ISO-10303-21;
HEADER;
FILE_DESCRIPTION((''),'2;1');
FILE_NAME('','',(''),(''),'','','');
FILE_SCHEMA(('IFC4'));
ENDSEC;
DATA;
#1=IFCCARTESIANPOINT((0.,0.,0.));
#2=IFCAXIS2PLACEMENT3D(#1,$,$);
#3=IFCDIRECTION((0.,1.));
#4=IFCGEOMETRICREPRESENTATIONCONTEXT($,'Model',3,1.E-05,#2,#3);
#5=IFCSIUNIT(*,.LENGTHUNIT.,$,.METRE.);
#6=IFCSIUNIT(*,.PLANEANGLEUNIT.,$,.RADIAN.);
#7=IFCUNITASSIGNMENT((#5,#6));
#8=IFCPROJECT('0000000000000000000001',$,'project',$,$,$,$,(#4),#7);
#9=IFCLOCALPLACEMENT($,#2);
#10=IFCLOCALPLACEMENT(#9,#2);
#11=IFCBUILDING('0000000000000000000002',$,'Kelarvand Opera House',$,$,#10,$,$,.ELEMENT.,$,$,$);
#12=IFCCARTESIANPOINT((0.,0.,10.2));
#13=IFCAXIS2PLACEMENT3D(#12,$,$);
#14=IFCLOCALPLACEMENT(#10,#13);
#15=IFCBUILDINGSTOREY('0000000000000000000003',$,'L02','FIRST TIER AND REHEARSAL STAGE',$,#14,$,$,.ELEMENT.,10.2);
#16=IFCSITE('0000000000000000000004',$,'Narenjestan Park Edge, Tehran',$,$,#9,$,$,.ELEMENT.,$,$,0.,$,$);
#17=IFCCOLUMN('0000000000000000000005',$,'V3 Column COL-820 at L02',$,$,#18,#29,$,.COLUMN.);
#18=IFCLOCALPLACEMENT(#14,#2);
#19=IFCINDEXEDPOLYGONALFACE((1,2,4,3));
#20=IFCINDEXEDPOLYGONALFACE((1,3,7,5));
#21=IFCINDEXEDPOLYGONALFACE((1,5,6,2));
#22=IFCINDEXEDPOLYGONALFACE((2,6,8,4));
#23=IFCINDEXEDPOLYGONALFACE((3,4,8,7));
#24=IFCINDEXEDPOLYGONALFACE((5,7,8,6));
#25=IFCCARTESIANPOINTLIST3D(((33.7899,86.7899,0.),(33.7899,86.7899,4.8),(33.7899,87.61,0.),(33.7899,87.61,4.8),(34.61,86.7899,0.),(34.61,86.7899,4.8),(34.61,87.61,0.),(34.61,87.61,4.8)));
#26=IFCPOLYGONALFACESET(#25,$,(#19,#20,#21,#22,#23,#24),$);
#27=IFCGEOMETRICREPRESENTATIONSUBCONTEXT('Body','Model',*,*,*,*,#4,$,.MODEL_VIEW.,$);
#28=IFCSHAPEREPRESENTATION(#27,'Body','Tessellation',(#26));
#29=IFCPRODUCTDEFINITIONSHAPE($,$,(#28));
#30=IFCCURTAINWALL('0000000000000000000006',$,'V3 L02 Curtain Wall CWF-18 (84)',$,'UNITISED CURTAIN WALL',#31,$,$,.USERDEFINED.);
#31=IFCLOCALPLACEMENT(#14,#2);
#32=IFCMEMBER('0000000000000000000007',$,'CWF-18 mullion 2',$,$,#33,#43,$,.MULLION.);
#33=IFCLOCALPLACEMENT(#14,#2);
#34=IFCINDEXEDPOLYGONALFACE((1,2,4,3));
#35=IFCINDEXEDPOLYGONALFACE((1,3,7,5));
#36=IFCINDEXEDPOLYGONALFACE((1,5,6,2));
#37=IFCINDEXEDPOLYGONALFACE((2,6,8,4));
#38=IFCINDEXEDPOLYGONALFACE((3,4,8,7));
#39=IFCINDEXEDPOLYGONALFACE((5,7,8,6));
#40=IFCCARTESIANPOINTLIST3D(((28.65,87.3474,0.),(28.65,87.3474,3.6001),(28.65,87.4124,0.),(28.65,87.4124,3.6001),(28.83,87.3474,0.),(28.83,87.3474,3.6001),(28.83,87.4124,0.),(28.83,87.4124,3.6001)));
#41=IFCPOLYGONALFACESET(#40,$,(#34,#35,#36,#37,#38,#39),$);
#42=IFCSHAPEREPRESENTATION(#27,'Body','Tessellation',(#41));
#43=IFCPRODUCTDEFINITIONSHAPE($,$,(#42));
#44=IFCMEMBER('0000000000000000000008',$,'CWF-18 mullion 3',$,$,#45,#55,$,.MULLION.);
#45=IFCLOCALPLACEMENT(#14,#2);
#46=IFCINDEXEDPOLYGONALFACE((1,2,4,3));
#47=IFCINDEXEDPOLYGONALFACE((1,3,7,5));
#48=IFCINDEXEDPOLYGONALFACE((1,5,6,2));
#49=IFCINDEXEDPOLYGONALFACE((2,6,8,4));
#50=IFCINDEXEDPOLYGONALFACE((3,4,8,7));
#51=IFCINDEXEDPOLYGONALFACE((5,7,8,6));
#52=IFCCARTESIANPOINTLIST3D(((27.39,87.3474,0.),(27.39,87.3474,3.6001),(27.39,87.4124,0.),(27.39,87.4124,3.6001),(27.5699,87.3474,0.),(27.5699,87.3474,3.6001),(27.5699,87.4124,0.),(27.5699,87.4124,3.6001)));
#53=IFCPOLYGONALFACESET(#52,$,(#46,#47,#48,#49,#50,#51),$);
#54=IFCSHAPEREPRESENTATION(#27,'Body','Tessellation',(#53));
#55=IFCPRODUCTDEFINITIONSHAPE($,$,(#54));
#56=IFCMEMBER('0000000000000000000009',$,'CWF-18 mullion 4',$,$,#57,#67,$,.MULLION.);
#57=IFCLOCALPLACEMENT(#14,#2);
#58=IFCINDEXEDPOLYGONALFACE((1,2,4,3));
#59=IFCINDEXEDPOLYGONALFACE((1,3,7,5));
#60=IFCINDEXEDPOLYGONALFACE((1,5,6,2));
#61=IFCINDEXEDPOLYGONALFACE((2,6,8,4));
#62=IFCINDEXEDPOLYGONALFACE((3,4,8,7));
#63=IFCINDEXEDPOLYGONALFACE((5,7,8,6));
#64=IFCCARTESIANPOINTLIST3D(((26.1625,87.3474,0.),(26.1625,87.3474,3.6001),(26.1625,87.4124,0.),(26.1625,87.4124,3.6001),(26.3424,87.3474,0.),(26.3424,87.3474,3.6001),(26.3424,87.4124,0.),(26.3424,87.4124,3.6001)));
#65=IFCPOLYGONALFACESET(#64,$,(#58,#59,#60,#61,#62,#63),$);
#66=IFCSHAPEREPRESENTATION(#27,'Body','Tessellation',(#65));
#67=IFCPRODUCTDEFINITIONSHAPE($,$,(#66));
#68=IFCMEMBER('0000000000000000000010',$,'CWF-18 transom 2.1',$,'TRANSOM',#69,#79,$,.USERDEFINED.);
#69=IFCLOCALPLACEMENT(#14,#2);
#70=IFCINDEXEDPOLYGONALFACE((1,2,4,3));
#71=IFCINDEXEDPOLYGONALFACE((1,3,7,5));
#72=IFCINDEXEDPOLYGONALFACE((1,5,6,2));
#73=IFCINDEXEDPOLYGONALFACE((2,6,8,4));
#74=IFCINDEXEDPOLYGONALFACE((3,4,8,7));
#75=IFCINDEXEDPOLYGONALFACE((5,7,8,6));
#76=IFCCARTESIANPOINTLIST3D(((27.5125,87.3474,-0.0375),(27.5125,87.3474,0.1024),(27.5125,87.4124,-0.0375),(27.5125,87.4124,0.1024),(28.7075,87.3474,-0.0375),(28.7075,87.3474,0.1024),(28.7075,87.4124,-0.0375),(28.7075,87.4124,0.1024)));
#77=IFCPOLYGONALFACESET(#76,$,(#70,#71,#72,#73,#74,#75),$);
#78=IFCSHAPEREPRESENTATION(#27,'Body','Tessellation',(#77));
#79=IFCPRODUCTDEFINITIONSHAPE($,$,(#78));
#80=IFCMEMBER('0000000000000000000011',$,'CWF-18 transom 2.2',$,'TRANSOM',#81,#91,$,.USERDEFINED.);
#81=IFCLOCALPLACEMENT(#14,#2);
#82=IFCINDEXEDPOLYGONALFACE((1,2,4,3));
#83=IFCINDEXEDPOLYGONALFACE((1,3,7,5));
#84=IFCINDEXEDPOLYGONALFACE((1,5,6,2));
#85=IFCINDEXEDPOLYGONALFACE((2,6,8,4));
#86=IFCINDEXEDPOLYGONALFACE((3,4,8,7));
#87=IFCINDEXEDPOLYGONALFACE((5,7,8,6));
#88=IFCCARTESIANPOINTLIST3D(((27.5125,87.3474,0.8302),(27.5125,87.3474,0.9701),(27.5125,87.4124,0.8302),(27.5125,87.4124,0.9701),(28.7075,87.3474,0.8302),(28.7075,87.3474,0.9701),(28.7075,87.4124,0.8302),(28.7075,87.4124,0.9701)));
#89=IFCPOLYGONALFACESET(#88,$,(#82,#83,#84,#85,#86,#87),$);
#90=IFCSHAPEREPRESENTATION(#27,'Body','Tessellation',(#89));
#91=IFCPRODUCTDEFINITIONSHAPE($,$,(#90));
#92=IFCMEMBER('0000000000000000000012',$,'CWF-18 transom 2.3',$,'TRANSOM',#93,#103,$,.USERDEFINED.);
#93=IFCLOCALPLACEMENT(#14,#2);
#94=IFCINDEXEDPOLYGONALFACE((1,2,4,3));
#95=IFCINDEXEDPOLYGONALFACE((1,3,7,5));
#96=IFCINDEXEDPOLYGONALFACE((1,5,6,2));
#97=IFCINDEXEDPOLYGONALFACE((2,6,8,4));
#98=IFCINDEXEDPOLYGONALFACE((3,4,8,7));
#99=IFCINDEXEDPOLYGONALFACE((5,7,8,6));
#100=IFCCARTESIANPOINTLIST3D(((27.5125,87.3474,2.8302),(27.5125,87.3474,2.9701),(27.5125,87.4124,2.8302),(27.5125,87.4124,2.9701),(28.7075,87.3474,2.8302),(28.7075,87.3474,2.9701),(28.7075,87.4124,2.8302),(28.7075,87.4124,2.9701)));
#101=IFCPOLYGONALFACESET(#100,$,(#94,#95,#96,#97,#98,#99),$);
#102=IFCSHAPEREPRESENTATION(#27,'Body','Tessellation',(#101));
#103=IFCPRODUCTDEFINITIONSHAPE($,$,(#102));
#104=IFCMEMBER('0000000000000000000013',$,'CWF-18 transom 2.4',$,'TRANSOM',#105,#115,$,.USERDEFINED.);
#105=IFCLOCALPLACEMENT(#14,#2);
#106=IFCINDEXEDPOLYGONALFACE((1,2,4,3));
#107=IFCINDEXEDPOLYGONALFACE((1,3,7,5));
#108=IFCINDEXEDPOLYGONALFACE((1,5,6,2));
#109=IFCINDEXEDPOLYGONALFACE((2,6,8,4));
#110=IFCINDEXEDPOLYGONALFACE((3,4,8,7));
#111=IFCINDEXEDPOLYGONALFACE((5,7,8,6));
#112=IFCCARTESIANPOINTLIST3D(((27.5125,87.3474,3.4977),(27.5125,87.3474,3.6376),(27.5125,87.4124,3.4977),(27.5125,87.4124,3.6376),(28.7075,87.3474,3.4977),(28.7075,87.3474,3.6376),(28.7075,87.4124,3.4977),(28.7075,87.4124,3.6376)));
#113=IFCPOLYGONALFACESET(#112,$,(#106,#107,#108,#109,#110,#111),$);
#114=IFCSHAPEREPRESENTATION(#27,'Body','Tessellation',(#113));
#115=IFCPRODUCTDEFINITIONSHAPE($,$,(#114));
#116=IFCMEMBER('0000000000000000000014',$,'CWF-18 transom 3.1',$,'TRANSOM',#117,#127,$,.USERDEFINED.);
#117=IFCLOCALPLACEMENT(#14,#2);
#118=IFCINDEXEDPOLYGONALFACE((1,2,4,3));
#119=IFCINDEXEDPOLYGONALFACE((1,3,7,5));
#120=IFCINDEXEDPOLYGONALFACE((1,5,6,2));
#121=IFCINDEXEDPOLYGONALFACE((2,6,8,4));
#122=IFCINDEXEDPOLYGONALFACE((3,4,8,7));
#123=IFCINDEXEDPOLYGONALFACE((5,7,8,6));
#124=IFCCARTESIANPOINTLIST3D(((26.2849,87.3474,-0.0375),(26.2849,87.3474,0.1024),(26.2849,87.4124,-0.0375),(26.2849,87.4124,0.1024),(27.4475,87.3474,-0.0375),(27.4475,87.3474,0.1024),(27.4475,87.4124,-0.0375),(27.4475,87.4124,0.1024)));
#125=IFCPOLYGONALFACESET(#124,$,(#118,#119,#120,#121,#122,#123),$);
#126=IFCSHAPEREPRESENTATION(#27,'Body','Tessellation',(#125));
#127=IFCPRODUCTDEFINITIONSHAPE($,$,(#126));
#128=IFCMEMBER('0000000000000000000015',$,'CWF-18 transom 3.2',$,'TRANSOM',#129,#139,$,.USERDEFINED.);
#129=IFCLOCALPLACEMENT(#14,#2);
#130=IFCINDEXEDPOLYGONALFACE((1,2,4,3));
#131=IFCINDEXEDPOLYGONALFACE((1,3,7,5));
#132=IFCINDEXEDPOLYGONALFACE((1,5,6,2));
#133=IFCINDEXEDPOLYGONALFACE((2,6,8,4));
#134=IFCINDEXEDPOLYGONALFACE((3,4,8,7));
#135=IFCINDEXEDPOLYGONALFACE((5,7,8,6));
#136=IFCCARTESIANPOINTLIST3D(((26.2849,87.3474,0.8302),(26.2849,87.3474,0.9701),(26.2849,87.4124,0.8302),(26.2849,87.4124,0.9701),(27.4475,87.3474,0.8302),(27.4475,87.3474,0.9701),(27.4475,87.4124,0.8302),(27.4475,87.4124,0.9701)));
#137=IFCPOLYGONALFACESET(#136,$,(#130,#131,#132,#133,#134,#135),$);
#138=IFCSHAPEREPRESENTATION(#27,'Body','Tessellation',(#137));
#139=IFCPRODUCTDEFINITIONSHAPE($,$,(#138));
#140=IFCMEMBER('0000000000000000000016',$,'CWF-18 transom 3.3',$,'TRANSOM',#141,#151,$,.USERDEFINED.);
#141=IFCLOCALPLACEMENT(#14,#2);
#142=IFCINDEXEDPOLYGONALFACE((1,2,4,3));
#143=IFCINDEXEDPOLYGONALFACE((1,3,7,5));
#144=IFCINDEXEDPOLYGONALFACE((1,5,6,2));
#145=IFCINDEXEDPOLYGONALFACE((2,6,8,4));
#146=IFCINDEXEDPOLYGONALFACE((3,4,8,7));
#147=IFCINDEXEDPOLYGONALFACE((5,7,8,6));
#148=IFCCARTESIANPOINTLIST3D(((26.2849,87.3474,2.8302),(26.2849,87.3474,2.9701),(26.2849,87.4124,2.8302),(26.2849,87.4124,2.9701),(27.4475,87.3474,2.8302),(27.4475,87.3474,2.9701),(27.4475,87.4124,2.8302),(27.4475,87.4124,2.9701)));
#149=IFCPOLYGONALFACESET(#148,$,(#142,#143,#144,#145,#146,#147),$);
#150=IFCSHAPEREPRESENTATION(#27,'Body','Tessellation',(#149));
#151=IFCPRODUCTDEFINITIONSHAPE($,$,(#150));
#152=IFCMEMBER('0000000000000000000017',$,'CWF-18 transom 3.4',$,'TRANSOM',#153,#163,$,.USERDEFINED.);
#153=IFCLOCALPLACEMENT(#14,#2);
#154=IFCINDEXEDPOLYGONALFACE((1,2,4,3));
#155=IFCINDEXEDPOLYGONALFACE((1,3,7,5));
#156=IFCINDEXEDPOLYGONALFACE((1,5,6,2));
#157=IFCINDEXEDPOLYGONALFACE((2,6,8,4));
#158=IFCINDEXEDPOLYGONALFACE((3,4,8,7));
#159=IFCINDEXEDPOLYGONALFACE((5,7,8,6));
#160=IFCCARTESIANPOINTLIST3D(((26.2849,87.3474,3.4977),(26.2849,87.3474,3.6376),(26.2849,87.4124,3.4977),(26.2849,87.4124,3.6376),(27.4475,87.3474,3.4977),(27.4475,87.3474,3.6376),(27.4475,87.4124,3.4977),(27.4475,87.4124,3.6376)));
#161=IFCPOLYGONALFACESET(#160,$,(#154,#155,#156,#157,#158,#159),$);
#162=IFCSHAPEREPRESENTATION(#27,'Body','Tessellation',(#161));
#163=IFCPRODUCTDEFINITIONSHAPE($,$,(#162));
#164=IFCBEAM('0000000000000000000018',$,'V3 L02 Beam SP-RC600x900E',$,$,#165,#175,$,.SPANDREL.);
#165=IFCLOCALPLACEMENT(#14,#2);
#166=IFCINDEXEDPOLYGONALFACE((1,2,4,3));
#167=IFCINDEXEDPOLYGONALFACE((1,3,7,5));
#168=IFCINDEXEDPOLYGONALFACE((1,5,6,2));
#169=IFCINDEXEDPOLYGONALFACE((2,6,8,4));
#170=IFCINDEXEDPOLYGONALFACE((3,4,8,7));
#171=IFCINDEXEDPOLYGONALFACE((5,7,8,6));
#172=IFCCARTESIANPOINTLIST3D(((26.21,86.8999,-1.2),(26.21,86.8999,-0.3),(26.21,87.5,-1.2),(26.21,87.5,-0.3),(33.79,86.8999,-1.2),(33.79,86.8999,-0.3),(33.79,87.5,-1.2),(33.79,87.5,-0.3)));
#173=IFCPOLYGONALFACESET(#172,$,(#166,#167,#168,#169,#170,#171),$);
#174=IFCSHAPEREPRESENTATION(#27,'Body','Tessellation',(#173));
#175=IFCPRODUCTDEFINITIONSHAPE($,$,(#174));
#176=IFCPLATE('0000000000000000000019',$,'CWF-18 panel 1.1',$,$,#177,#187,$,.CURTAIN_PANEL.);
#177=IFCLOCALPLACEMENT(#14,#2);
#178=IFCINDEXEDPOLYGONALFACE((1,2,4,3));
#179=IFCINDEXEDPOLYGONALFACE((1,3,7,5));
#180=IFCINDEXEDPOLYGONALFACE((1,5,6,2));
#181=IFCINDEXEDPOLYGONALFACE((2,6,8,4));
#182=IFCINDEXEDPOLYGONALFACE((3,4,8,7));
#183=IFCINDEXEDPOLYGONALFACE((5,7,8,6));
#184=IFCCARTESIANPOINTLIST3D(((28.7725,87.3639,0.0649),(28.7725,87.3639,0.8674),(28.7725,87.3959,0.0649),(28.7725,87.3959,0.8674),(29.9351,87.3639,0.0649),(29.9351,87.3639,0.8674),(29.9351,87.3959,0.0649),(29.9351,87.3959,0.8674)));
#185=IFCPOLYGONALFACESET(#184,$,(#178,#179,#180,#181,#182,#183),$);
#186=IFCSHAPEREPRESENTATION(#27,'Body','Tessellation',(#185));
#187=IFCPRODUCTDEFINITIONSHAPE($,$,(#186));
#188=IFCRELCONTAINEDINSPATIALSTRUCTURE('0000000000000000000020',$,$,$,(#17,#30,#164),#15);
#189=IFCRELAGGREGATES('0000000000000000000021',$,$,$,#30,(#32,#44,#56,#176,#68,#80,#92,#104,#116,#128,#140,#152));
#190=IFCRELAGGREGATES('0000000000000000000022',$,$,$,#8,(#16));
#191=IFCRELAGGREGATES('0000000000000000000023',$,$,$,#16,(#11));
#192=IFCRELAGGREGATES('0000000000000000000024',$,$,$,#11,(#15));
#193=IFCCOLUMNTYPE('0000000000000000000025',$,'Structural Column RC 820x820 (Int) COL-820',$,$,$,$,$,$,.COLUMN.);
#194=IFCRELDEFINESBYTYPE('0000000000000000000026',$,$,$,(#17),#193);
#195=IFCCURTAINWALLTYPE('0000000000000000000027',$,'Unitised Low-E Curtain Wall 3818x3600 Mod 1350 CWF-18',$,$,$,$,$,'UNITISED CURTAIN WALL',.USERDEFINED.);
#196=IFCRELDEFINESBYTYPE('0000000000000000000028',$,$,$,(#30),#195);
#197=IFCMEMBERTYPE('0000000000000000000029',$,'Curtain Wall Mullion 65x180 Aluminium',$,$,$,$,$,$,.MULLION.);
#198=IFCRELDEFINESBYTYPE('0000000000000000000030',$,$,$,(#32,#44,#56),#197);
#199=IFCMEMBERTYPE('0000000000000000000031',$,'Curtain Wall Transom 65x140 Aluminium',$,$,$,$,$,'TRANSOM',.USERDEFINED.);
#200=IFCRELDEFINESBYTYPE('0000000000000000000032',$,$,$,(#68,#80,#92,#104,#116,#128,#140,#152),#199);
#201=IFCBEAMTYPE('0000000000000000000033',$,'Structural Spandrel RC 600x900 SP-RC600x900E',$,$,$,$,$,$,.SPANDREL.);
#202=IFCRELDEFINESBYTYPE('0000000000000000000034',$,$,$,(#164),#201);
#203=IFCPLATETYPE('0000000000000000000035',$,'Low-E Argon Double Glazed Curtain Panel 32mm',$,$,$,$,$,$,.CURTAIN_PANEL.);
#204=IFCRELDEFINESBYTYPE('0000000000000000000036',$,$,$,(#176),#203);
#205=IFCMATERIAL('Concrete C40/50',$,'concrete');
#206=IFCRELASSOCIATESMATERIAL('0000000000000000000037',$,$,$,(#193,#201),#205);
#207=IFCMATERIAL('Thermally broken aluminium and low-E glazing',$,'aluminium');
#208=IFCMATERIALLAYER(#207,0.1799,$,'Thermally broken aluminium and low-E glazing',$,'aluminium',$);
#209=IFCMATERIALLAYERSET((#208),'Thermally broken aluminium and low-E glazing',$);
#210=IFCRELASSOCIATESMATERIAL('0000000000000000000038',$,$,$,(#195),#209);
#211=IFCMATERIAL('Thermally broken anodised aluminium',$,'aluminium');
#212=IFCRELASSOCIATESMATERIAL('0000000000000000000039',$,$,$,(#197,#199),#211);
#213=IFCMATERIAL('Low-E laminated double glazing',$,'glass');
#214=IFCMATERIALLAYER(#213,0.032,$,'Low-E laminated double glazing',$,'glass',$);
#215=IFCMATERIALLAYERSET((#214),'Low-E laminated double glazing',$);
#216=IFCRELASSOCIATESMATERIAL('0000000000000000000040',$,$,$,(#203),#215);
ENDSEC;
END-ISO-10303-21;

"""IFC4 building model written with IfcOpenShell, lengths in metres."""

from ifc_helpers import new_model, si_unit, direction, frame, origin, origin_2d, place, context, subcontext, project, spatial, rectangle, extrude, material, layer, layer_set, material_profile, profile_set, type_object, element, aggregate, save


model = new_model("IFC4")

# Units and contexts
model_context = context("Model", 3, precision=1e-05, world=origin(), true_north=direction((0.0, 1.0)))
body_context = subcontext(model_context, "Body", "Model", "MODEL_VIEW")
ifc_project = project(units=[si_unit("LENGTHUNIT", "METRE"), si_unit("PLANEANGLEUNIT", "RADIAN")], contexts=[model_context])

# Site, building, storey
site_placement = place(None, origin())
site = spatial("IfcSite", under=ifc_project, at=site_placement, Name="Narenjestan Park Edge, Tehran", CompositionType="ELEMENT", RefElevation=0.0)
building_placement = place(site_placement, origin())
building = spatial("IfcBuilding", under=site, at=building_placement, Name="Kelarvand Opera House", CompositionType="ELEMENT")
storey_placement = place(building_placement, frame((0.0, 0.0, 10.2)))
storey = spatial("IfcBuildingStorey", under=building, at=storey_placement, Name="L02", Description="FIRST TIER AND REHEARSAL STAGE", CompositionType="ELEMENT", Elevation=10.2)

# Column
ifc_material_1 = material(Name="Concrete C40/50", Category="concrete")
ifc_material_profile_1 = material_profile(ifc_material_1, rectangle(XDim=0.8201, YDim=0.8201, at=origin_2d()), Name="RC 820x820", Category="concrete")
ifc_profile_set_1 = profile_set([ifc_material_profile_1], Name="Concrete C40/50")
column_type = type_object("IfcColumnType", Name="Structural Column RC 820x820 (Int) COL-820", PredefinedType="COLUMN", material=ifc_profile_set_1)
column_placement = place(storey_placement, frame((34.2, 87.2, 0.0), z_axis=(0.0, 0.0, 1.0), x_axis=(1.0, 0.0, 0.0)))
element("IfcColumn", 1, at=column_placement, inside=storey, type_object=column_type, Name="V3 Column COL-820 at L02", PredefinedType="COLUMN", context=body_context, shape_type="SweptSolid", body=[
    extrude(rectangle(XDim=0.8201, YDim=0.8201, at=origin_2d()), origin(), (0.0, 0.0, 1.0), 4.8),
])

# Curtain wall, members
ifc_material_2 = material(Name="Thermally broken aluminium and low-E glazing", Category="aluminium")
ifc_layer_1 = layer(ifc_material_2, 0.1799, Name="Thermally broken aluminium and low-E glazing", Category="aluminium")
ifc_layer_set_1 = layer_set([ifc_layer_1], Name="Thermally broken aluminium and low-E glazing")
curtain_wall_type = type_object("IfcCurtainWallType", Name="Unitised Low-E Curtain Wall 3818x3600 Mod 1350 CWF-18", ElementType="UNITISED CURTAIN WALL", PredefinedType="USERDEFINED", material=ifc_layer_set_1)
curtain_wall_placement = place(storey_placement, origin())
curtain_wall = element("IfcCurtainWall", 2, at=curtain_wall_placement, inside=storey, type_object=curtain_wall_type, Name="V3 L02 Curtain Wall CWF-18 (84)", ObjectType="UNITISED CURTAIN WALL", PredefinedType="USERDEFINED")
ifc_material_3 = material(Name="Thermally broken anodised aluminium", Category="aluminium")
ifc_material_profile_2 = material_profile(ifc_material_3, rectangle(XDim=0.0649, YDim=0.1799, at=origin_2d()), Name="ALU MULLION 65x180", Category="aluminium")
ifc_profile_set_2 = profile_set([ifc_material_profile_2], Name="Thermally broken anodised aluminium")
member_type_1 = type_object("IfcMemberType", Name="Curtain Wall Mullion 65x180 Aluminium", PredefinedType="MULLION", material=ifc_profile_set_2)
member_1_placement = place(storey_placement, frame((28.74, 87.3799, 0.0), z_axis=(0.0, 0.0, 1.0), x_axis=(0.0, -1.0, 0.0)))
member_1 = element("IfcMember", 3, at=member_1_placement, type_object=member_type_1, Name="CWF-18 mullion 2", PredefinedType="MULLION", context=body_context, shape_type="SweptSolid", body=[
    extrude(rectangle(XDim=0.0649, YDim=0.1799, at=origin_2d()), origin(), (0.0, 0.0, 1.0), 3.6001),
])
member_2_placement = place(storey_placement, frame((27.48, 87.3799, 0.0), z_axis=(0.0, 0.0, 1.0), x_axis=(0.0, -1.0, 0.0)))
member_2 = element("IfcMember", 4, at=member_2_placement, type_object=member_type_1, Name="CWF-18 mullion 3", PredefinedType="MULLION", context=body_context, shape_type="SweptSolid", body=[
    extrude(rectangle(XDim=0.0649, YDim=0.1799, at=origin_2d()), origin(), (0.0, 0.0, 1.0), 3.6001),
])
member_3_placement = place(storey_placement, frame((26.2524, 87.3799, 0.0), z_axis=(0.0, 0.0, 1.0), x_axis=(0.0, -1.0, 0.0)))
member_3 = element("IfcMember", 5, at=member_3_placement, type_object=member_type_1, Name="CWF-18 mullion 4", PredefinedType="MULLION", context=body_context, shape_type="SweptSolid", body=[
    extrude(rectangle(XDim=0.0649, YDim=0.1799, at=origin_2d()), origin(), (0.0, 0.0, 1.0), 3.6001),
])
ifc_material_profile_3 = material_profile(ifc_material_3, rectangle(XDim=0.0649, YDim=0.1399, at=origin_2d()), Name="ALU TRANSOM 65x140", Category="aluminium")
ifc_profile_set_3 = profile_set([ifc_material_profile_3], Name="Thermally broken anodised aluminium")
member_type_2 = type_object("IfcMemberType", Name="Curtain Wall Transom 65x140 Aluminium", ElementType="TRANSOM", PredefinedType="USERDEFINED", material=ifc_profile_set_3)
member_4_placement = place(storey_placement, frame((28.7075, 87.3799, 0.0325), z_axis=(-1.0, 0.0, 0.0), x_axis=(0.0, -1.0, 0.0)))
member_4 = element("IfcMember", 6, at=member_4_placement, type_object=member_type_2, Name="CWF-18 transom 2.1", ObjectType="TRANSOM", PredefinedType="USERDEFINED", context=body_context, shape_type="SweptSolid", body=[
    extrude(rectangle(XDim=0.0649, YDim=0.1399, at=origin_2d()), origin(), (0.0, 0.0, 1.0), 1.1951),
])
member_5_placement = place(storey_placement, frame((28.7075, 87.3799, 0.9001), z_axis=(-1.0, 0.0, 0.0), x_axis=(0.0, -1.0, 0.0)))
member_5 = element("IfcMember", 7, at=member_5_placement, type_object=member_type_2, Name="CWF-18 transom 2.2", ObjectType="TRANSOM", PredefinedType="USERDEFINED", context=body_context, shape_type="SweptSolid", body=[
    extrude(rectangle(XDim=0.0649, YDim=0.1399, at=origin_2d()), origin(), (0.0, 0.0, 1.0), 1.1951),
])
member_6_placement = place(storey_placement, frame((28.7075, 87.3799, 2.9001), z_axis=(-1.0, 0.0, 0.0), x_axis=(0.0, -1.0, 0.0)))
member_6 = element("IfcMember", 8, at=member_6_placement, type_object=member_type_2, Name="CWF-18 transom 2.3", ObjectType="TRANSOM", PredefinedType="USERDEFINED", context=body_context, shape_type="SweptSolid", body=[
    extrude(rectangle(XDim=0.0649, YDim=0.1399, at=origin_2d()), origin(), (0.0, 0.0, 1.0), 1.1951),
])
member_7_placement = place(storey_placement, frame((28.7075, 87.3799, 3.5676), z_axis=(-1.0, 0.0, 0.0), x_axis=(0.0, -1.0, 0.0)))
member_7 = element("IfcMember", 9, at=member_7_placement, type_object=member_type_2, Name="CWF-18 transom 2.4", ObjectType="TRANSOM", PredefinedType="USERDEFINED", context=body_context, shape_type="SweptSolid", body=[
    extrude(rectangle(XDim=0.0649, YDim=0.1399, at=origin_2d()), origin(), (0.0, 0.0, 1.0), 1.1951),
])
member_8_placement = place(storey_placement, frame((27.4475, 87.3799, 0.0325), z_axis=(-1.0, 0.0, 0.0), x_axis=(0.0, -1.0, 0.0)))
member_8 = element("IfcMember", 10, at=member_8_placement, type_object=member_type_2, Name="CWF-18 transom 3.1", ObjectType="TRANSOM", PredefinedType="USERDEFINED", context=body_context, shape_type="SweptSolid", body=[
    extrude(rectangle(XDim=0.0649, YDim=0.1399, at=origin_2d()), origin(), (0.0, 0.0, 1.0), 1.1626),
])
member_9_placement = place(storey_placement, frame((27.4475, 87.3799, 0.9001), z_axis=(-1.0, 0.0, 0.0), x_axis=(0.0, -1.0, 0.0)))
member_9 = element("IfcMember", 11, at=member_9_placement, type_object=member_type_2, Name="CWF-18 transom 3.2", ObjectType="TRANSOM", PredefinedType="USERDEFINED", context=body_context, shape_type="SweptSolid", body=[
    extrude(rectangle(XDim=0.0649, YDim=0.1399, at=origin_2d()), origin(), (0.0, 0.0, 1.0), 1.1626),
])
member_10_placement = place(storey_placement, frame((27.4475, 87.3799, 2.9001), z_axis=(-1.0, 0.0, 0.0), x_axis=(0.0, -1.0, 0.0)))
member_10 = element("IfcMember", 12, at=member_10_placement, type_object=member_type_2, Name="CWF-18 transom 3.3", ObjectType="TRANSOM", PredefinedType="USERDEFINED", context=body_context, shape_type="SweptSolid", body=[
    extrude(rectangle(XDim=0.0649, YDim=0.1399, at=origin_2d()), origin(), (0.0, 0.0, 1.0), 1.1626),
])
member_11_placement = place(storey_placement, frame((27.4475, 87.3799, 3.5676), z_axis=(-1.0, 0.0, 0.0), x_axis=(0.0, -1.0, 0.0)))
member_11 = element("IfcMember", 13, at=member_11_placement, type_object=member_type_2, Name="CWF-18 transom 3.4", ObjectType="TRANSOM", PredefinedType="USERDEFINED", context=body_context, shape_type="SweptSolid", body=[
    extrude(rectangle(XDim=0.0649, YDim=0.1399, at=origin_2d()), origin(), (0.0, 0.0, 1.0), 1.1626),
])

# Beam
ifc_material_profile_4 = material_profile(ifc_material_1, rectangle(XDim=0.6001, YDim=0.8999, at=origin_2d()), Name="RC 600x900", Category="concrete")
ifc_profile_set_4 = profile_set([ifc_material_profile_4], Name="Concrete C40/50")
beam_type = type_object("IfcBeamType", Name="Structural Spandrel RC 600x900 SP-RC600x900E", PredefinedType="SPANDREL", material=ifc_profile_set_4)
beam_placement = place(storey_placement, frame((26.21, 87.2, -0.75), z_axis=(1.0, 0.0, 0.0), x_axis=(0.0, 1.0, 0.0)))
element("IfcBeam", 14, at=beam_placement, inside=storey, type_object=beam_type, Name="V3 L02 Beam SP-RC600x900E", PredefinedType="SPANDREL", context=body_context, shape_type="SweptSolid", body=[
    extrude(rectangle(XDim=0.6001, YDim=0.8999, at=origin_2d()), origin(), (0.0, 0.0, 1.0), 7.5801),
])

# Plate
ifc_material_4 = material(Name="Low-E laminated double glazing", Category="glass")
ifc_layer_2 = layer(ifc_material_4, 0.032, Name="Low-E laminated double glazing", Category="glass")
ifc_layer_set_2 = layer_set([ifc_layer_2], Name="Low-E laminated double glazing")
plate_type = type_object("IfcPlateType", Name="Low-E Argon Double Glazed Curtain Panel 32mm", PredefinedType="CURTAIN_PANEL", material=ifc_layer_set_2)
plate_1_placement = place(storey_placement, frame((29.3538, 87.3799, 0.0649), z_axis=(0.0, 0.0, 1.0), x_axis=(-1.0, 0.0, 0.0)))
plate_1 = element("IfcPlate", 15, at=plate_1_placement, type_object=plate_type, Name="CWF-18 panel 1.1", PredefinedType="CURTAIN_PANEL", context=body_context, shape_type="SweptSolid", body=[
    extrude(rectangle(XDim=1.1626, YDim=0.032, at=origin_2d()), origin(), (0.0, 0.0, 1.0), 0.8025),
])
aggregate(curtain_wall, [member_1, member_2, member_3, plate_1, member_4, member_5, member_6, member_7, member_8, member_9, member_10, member_11])

save(model, "model.ifc")
